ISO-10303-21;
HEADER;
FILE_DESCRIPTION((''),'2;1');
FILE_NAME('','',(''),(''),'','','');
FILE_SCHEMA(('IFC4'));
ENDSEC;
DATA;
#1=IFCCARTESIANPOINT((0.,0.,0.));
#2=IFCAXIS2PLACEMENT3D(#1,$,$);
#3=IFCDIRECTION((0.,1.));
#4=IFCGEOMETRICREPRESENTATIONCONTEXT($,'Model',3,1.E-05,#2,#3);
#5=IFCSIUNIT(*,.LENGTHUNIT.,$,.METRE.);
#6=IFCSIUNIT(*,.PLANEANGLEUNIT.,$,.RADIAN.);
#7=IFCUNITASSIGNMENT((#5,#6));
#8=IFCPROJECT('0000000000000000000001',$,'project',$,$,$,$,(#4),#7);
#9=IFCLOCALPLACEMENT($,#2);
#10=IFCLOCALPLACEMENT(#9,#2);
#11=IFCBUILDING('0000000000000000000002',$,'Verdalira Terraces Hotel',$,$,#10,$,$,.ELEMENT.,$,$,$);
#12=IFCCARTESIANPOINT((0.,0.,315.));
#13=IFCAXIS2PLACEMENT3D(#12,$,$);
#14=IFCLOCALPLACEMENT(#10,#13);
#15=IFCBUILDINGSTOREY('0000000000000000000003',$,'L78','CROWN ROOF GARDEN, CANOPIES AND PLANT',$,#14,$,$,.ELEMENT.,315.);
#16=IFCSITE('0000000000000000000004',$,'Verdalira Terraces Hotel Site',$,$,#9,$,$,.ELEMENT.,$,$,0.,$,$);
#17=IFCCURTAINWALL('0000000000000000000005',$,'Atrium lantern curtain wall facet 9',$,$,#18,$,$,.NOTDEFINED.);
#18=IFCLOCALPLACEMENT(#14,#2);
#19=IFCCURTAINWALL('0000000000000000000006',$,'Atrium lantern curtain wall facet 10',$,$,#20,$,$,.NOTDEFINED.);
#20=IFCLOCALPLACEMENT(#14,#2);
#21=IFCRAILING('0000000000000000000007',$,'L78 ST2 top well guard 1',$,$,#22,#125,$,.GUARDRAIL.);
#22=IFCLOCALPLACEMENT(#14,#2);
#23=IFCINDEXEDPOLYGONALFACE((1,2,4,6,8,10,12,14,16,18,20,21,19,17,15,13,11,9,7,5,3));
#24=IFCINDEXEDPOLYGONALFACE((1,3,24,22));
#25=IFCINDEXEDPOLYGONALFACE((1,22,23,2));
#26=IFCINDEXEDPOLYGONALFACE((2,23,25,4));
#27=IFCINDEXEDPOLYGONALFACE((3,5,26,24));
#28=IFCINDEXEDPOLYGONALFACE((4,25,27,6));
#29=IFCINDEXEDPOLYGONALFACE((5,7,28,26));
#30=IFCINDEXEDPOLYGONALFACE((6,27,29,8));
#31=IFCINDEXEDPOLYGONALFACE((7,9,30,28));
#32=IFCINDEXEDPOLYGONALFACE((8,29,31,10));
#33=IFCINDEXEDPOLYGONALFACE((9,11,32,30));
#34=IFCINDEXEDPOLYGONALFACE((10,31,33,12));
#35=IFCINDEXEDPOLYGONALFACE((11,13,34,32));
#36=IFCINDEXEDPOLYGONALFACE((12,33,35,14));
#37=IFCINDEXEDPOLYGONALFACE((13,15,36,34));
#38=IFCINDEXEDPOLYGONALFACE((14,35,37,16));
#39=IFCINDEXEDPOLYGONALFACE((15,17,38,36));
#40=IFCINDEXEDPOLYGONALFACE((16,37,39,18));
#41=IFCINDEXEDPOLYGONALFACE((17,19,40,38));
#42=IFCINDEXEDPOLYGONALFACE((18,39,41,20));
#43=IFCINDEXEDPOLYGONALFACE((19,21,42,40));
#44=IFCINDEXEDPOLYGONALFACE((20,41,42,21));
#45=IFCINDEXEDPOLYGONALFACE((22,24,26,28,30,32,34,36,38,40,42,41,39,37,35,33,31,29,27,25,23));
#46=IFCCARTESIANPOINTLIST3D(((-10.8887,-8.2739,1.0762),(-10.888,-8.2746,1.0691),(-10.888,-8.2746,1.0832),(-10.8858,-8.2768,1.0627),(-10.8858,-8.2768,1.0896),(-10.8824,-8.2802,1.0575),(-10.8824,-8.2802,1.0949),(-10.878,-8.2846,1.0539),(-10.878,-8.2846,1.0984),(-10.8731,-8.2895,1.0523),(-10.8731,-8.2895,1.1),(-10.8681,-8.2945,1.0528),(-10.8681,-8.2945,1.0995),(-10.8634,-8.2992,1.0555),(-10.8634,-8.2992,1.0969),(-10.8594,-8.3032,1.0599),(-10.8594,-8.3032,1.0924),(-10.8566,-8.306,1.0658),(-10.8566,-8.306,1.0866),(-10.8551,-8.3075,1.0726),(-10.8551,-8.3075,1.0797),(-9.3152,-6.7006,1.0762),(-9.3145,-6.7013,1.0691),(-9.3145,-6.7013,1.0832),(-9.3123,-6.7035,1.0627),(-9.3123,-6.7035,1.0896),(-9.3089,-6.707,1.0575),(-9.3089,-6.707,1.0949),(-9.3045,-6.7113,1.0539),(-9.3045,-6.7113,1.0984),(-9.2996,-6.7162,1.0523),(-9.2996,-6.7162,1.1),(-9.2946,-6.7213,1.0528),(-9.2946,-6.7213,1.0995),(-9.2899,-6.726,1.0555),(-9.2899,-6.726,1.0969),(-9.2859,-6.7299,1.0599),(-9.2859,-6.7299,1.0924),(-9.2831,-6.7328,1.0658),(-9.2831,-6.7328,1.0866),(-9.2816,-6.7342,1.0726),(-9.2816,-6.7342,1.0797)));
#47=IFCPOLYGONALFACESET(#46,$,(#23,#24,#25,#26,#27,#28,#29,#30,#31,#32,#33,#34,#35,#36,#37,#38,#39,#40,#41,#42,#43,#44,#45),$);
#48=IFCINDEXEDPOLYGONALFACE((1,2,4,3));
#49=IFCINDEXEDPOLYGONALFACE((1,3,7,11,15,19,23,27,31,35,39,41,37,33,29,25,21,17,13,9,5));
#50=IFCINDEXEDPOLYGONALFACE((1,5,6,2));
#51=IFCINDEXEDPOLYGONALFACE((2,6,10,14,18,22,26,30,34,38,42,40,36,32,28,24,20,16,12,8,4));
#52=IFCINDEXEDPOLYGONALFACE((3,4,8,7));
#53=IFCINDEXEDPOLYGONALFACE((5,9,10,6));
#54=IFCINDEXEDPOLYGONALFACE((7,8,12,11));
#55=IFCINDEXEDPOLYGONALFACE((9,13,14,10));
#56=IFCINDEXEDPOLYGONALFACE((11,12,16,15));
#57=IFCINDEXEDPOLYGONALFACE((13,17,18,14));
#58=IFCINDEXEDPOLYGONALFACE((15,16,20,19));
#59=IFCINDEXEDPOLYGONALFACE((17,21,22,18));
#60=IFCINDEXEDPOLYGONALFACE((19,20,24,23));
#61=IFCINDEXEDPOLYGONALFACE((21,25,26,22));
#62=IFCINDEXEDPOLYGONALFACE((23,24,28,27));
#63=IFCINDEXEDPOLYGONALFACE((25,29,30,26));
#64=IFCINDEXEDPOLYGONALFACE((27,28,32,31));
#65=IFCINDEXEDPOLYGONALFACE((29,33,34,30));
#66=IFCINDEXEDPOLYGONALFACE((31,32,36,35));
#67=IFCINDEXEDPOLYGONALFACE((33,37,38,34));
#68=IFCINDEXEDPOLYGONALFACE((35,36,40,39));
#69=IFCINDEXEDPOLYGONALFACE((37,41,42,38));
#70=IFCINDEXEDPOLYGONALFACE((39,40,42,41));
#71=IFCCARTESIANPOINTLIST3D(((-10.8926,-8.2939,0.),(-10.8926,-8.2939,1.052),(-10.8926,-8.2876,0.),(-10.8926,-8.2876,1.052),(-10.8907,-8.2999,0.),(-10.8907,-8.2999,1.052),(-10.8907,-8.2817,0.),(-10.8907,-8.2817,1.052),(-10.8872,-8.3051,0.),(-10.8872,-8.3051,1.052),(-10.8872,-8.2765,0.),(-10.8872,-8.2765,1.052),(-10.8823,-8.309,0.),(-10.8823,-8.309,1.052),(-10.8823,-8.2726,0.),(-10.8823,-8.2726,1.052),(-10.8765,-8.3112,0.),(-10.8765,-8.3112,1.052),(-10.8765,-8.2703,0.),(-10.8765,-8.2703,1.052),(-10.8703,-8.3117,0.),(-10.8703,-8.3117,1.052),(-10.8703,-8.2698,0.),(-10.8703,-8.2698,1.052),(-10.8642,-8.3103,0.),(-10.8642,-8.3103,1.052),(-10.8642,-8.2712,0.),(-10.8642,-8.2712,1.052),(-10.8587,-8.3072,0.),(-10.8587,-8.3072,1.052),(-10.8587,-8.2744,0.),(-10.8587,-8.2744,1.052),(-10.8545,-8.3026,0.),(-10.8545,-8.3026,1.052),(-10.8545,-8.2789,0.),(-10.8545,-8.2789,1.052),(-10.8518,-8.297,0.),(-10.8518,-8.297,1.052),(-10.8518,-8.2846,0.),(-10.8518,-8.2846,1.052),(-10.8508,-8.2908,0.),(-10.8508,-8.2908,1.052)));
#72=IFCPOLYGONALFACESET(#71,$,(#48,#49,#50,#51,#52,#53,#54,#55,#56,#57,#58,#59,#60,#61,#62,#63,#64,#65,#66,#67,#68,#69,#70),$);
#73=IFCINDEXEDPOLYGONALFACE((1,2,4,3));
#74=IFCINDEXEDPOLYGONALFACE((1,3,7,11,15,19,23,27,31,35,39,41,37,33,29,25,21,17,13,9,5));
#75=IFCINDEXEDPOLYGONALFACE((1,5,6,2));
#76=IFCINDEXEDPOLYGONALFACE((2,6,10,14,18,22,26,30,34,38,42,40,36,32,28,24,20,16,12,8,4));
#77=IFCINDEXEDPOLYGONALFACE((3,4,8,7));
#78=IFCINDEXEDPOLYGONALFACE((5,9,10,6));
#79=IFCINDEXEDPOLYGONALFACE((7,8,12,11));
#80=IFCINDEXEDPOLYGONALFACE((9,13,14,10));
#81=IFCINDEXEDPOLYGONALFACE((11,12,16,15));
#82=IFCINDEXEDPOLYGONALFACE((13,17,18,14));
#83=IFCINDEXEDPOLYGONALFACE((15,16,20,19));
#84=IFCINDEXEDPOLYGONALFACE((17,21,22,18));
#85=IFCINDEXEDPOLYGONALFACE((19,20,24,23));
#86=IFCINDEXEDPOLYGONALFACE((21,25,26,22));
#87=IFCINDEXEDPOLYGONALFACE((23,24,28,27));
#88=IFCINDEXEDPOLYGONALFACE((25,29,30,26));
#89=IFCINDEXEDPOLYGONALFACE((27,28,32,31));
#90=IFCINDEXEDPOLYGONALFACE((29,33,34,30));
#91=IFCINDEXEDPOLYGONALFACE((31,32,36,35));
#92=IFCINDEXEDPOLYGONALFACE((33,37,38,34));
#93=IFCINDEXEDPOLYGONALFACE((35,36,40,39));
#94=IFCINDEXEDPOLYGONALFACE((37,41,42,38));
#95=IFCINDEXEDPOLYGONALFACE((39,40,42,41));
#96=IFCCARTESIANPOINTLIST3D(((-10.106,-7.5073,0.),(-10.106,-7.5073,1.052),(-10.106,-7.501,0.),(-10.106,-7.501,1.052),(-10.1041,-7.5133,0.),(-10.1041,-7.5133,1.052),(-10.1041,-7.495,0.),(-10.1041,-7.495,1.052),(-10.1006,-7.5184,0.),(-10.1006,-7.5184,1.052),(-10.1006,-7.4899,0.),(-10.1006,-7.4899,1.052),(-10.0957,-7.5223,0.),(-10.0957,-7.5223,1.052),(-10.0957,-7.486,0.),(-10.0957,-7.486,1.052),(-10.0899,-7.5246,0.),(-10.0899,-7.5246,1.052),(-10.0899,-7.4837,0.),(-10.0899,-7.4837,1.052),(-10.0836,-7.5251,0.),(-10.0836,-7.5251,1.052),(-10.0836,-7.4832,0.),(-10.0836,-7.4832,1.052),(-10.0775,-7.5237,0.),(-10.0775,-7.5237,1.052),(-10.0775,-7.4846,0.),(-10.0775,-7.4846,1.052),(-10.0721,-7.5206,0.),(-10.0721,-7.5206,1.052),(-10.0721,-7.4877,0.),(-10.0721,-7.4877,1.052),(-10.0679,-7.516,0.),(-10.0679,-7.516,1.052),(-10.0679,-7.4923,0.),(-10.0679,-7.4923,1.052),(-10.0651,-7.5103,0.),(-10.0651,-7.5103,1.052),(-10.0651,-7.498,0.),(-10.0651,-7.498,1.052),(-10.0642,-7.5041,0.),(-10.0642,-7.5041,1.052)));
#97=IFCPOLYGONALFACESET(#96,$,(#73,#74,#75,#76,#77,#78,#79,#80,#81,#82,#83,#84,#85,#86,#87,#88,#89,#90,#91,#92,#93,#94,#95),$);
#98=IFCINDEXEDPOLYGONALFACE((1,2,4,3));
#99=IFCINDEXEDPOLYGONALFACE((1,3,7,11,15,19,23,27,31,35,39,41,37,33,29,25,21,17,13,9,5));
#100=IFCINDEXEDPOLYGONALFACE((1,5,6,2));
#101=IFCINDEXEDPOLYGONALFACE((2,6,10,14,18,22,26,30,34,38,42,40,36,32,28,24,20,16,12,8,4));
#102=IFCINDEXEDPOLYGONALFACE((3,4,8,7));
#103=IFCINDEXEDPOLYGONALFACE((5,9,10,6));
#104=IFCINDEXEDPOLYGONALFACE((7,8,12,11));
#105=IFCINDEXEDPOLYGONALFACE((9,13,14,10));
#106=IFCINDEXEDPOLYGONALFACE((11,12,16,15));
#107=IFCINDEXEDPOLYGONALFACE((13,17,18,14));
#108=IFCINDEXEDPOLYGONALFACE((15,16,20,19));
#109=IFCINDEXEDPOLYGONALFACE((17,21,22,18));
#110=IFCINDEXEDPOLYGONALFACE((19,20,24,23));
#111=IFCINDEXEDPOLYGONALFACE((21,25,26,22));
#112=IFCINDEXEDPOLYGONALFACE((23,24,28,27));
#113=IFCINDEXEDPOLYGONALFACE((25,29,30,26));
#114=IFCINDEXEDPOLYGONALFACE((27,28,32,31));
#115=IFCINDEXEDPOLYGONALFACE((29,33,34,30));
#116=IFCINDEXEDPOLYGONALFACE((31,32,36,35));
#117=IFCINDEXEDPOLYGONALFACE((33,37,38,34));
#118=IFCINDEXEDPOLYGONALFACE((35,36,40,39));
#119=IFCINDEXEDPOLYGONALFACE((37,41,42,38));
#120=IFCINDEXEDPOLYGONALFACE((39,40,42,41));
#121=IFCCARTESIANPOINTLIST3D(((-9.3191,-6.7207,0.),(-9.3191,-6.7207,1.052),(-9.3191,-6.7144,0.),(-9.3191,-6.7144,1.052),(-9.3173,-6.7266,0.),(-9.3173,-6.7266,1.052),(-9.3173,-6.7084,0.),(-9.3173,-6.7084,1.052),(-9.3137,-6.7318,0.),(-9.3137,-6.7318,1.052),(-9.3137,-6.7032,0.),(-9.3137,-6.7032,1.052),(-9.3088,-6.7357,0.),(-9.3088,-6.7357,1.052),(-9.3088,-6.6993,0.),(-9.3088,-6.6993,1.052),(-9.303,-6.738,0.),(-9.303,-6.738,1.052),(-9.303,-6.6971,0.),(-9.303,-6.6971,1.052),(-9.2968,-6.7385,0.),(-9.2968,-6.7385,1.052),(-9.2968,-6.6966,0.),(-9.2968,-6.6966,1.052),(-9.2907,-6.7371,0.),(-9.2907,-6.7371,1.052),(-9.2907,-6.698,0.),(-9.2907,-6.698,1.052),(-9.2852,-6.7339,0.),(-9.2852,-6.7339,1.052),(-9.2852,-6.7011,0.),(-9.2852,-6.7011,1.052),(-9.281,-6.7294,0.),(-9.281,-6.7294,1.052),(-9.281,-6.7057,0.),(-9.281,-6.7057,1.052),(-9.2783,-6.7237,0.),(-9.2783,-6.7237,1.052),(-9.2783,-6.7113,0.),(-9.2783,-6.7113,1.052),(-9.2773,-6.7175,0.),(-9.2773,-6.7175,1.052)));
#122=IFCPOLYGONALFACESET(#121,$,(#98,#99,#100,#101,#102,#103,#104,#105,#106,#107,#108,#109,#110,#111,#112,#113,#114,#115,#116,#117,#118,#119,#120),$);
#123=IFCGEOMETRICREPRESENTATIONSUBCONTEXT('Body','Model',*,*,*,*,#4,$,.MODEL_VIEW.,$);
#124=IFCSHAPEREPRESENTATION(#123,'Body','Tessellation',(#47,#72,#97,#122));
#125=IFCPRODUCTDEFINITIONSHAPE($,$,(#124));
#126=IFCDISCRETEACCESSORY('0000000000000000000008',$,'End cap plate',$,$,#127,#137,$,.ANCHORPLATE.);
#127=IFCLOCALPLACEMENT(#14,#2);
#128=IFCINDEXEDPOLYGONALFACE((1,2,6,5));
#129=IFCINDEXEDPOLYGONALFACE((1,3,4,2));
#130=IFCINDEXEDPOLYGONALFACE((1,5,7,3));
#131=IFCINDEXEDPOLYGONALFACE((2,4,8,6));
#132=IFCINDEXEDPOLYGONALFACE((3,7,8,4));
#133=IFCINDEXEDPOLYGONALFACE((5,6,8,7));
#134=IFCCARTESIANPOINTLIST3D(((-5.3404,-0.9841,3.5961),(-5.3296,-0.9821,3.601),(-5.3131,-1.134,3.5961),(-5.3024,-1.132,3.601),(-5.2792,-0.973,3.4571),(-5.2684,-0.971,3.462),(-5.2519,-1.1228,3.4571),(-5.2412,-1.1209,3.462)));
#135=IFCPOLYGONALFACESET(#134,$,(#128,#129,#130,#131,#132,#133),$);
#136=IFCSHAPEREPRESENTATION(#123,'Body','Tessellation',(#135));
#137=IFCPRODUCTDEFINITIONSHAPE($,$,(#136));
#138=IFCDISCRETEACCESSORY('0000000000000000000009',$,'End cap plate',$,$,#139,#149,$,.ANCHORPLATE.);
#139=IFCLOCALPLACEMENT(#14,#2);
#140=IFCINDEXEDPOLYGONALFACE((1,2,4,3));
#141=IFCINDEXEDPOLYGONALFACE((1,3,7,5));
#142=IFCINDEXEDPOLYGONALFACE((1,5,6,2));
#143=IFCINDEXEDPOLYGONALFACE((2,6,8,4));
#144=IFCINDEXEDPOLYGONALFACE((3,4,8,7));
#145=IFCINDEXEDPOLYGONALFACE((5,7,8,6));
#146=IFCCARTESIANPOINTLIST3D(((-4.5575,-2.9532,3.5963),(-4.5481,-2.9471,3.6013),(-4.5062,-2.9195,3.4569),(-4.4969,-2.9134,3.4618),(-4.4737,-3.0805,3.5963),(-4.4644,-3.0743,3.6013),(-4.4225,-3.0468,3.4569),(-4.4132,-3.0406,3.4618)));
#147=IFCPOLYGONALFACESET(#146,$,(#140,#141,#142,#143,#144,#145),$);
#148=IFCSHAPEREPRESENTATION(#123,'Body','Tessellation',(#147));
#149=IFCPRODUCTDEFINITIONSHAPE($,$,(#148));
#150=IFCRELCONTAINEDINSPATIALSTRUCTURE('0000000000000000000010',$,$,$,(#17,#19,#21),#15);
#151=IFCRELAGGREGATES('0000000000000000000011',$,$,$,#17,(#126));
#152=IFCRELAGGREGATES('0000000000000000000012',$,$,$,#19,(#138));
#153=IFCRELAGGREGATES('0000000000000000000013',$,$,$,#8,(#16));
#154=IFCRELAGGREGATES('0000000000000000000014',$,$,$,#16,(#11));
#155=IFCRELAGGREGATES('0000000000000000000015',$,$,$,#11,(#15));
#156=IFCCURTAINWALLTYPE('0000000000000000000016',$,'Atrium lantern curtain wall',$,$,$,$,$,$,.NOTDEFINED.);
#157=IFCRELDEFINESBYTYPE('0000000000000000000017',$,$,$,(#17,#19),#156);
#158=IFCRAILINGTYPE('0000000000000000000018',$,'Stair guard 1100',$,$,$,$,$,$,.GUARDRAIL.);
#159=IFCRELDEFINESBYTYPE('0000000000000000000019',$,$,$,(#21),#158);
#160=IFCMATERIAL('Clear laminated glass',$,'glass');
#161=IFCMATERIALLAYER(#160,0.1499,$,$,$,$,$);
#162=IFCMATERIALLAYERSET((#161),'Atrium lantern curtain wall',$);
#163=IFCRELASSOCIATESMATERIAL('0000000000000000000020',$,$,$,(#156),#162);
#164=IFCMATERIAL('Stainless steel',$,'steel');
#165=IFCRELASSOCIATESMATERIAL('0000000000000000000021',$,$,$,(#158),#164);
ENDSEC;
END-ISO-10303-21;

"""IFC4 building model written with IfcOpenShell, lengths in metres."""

from ifc_helpers import new_model, si_unit, direction, frame, origin, origin_2d, place, context, subcontext, project, spatial, rectangle, circle, extrude, material, layer, layer_set, type_object, element, aggregate, save


model = new_model("IFC4")

# Units and contexts
model_context = context("Model", 3, precision=1e-05, world=origin(), true_north=direction((0.0, 1.0)))
body_context = subcontext(model_context, "Body", "Model", "MODEL_VIEW")
ifc_project = project(units=[si_unit("LENGTHUNIT", "METRE"), si_unit("PLANEANGLEUNIT", "RADIAN")], contexts=[model_context])

# Site, building, storey
site_placement = place(None, origin())
site = spatial("IfcSite", under=ifc_project, at=site_placement, Name="Verdalira Terraces Hotel Site", CompositionType="ELEMENT", RefElevation=0.0)
building_placement = place(site_placement, origin())
building = spatial("IfcBuilding", under=site, at=building_placement, Name="Verdalira Terraces Hotel", CompositionType="ELEMENT")
storey_placement = place(building_placement, frame((0.0, 0.0, 315.0)))
storey = spatial("IfcBuildingStorey", under=building, at=storey_placement, Name="L78", Description="CROWN ROOF GARDEN, CANOPIES AND PLANT", CompositionType="ELEMENT", Elevation=315.0)

# Curtain walls
ifc_material_1 = material(Name="Clear laminated glass", Category="glass")
ifc_layer_1 = layer(ifc_material_1, 0.1499)
ifc_layer_set_1 = layer_set([ifc_layer_1], Name="Atrium lantern curtain wall")
curtain_wall_type = type_object("IfcCurtainWallType", Name="Atrium lantern curtain wall", PredefinedType="NOTDEFINED", material=ifc_layer_set_1)
curtain_wall_1_placement = place(storey_placement, origin())
curtain_wall_1 = element("IfcCurtainWall", 1, at=curtain_wall_1_placement, inside=storey, type_object=curtain_wall_type, Name="Atrium lantern curtain wall facet 9", PredefinedType="NOTDEFINED")
curtain_wall_2_placement = place(storey_placement, origin())
curtain_wall_2 = element("IfcCurtainWall", 2, at=curtain_wall_2_placement, inside=storey, type_object=curtain_wall_type, Name="Atrium lantern curtain wall facet 10", PredefinedType="NOTDEFINED")

# Railing
ifc_material_2 = material(Name="Stainless steel", Category="steel")
railing_type_1 = type_object("IfcRailingType", Name="Stair guard 1100", PredefinedType="GUARDRAIL", material=ifc_material_2)
railing_1_placement = place(storey_placement, frame((-10.8718, -8.2908, 0.0)))
element("IfcRailing", 3, at=railing_1_placement, inside=storey, type_object=railing_type_1, Name="L78 ST2 top well guard 1", PredefinedType="GUARDRAIL", context=body_context, shape_type="SweptSolid", body=[
    extrude(circle(Radius=0.0239, at=origin_2d()), frame((0.0, 0.0, 1.0762), z_axis=(0.707162, 0.707052, 0.0), x_axis=(-0.707052, 0.707162, 0.0)), (0.0, 0.0, 1.0), 2.2251),
    extrude(circle(Radius=0.021, at=origin_2d()), origin(), (0.0, 0.0, 1.0), 1.052),
    extrude(circle(Radius=0.021, at=origin_2d()), frame((0.7866, 0.7866, 0.0)), (0.0, 0.0, 1.0), 1.052),
    extrude(circle(Radius=0.021, at=origin_2d()), frame((1.5735, 1.5732, 0.0)), (0.0, 0.0, 1.0), 1.052),
])

# Discrete accessories
discrete_accessory_1_placement = place(storey_placement, frame((-5.2961, -1.0535, 3.5266), z_axis=(0.898146, 0.163299, 0.408248), x_axis=(-0.178885, 0.98387, 0.0)))
discrete_accessory_1 = element("IfcDiscreteAccessory", 4, at=discrete_accessory_1_placement, Name="End cap plate", PredefinedType="ANCHORPLATE", context=body_context, shape_type="SweptSolid", body=[
    extrude(rectangle(XDim=0.1523, YDim=0.1523, at=origin_2d()), origin(), (0.0, 0.0, 1.0), 0.012),
])
aggregate(curtain_wall_1, [discrete_accessory_1])
discrete_accessory_2_placement = place(storey_placement, frame((-4.49, -3.0, 3.5266), z_axis=(0.764756, 0.503129, 0.402503), x_axis=(-0.549617, 0.835417, 0.0)))
discrete_accessory_2 = element("IfcDiscreteAccessory", 5, at=discrete_accessory_2_placement, Name="End cap plate", PredefinedType="ANCHORPLATE", context=body_context, shape_type="SweptSolid", body=[
    extrude(rectangle(XDim=0.1523, YDim=0.1523, at=origin_2d()), origin(), (0.0, 0.0, 1.0), 0.0122),
])
aggregate(curtain_wall_2, [discrete_accessory_2])

save(model, "model.ifc")
